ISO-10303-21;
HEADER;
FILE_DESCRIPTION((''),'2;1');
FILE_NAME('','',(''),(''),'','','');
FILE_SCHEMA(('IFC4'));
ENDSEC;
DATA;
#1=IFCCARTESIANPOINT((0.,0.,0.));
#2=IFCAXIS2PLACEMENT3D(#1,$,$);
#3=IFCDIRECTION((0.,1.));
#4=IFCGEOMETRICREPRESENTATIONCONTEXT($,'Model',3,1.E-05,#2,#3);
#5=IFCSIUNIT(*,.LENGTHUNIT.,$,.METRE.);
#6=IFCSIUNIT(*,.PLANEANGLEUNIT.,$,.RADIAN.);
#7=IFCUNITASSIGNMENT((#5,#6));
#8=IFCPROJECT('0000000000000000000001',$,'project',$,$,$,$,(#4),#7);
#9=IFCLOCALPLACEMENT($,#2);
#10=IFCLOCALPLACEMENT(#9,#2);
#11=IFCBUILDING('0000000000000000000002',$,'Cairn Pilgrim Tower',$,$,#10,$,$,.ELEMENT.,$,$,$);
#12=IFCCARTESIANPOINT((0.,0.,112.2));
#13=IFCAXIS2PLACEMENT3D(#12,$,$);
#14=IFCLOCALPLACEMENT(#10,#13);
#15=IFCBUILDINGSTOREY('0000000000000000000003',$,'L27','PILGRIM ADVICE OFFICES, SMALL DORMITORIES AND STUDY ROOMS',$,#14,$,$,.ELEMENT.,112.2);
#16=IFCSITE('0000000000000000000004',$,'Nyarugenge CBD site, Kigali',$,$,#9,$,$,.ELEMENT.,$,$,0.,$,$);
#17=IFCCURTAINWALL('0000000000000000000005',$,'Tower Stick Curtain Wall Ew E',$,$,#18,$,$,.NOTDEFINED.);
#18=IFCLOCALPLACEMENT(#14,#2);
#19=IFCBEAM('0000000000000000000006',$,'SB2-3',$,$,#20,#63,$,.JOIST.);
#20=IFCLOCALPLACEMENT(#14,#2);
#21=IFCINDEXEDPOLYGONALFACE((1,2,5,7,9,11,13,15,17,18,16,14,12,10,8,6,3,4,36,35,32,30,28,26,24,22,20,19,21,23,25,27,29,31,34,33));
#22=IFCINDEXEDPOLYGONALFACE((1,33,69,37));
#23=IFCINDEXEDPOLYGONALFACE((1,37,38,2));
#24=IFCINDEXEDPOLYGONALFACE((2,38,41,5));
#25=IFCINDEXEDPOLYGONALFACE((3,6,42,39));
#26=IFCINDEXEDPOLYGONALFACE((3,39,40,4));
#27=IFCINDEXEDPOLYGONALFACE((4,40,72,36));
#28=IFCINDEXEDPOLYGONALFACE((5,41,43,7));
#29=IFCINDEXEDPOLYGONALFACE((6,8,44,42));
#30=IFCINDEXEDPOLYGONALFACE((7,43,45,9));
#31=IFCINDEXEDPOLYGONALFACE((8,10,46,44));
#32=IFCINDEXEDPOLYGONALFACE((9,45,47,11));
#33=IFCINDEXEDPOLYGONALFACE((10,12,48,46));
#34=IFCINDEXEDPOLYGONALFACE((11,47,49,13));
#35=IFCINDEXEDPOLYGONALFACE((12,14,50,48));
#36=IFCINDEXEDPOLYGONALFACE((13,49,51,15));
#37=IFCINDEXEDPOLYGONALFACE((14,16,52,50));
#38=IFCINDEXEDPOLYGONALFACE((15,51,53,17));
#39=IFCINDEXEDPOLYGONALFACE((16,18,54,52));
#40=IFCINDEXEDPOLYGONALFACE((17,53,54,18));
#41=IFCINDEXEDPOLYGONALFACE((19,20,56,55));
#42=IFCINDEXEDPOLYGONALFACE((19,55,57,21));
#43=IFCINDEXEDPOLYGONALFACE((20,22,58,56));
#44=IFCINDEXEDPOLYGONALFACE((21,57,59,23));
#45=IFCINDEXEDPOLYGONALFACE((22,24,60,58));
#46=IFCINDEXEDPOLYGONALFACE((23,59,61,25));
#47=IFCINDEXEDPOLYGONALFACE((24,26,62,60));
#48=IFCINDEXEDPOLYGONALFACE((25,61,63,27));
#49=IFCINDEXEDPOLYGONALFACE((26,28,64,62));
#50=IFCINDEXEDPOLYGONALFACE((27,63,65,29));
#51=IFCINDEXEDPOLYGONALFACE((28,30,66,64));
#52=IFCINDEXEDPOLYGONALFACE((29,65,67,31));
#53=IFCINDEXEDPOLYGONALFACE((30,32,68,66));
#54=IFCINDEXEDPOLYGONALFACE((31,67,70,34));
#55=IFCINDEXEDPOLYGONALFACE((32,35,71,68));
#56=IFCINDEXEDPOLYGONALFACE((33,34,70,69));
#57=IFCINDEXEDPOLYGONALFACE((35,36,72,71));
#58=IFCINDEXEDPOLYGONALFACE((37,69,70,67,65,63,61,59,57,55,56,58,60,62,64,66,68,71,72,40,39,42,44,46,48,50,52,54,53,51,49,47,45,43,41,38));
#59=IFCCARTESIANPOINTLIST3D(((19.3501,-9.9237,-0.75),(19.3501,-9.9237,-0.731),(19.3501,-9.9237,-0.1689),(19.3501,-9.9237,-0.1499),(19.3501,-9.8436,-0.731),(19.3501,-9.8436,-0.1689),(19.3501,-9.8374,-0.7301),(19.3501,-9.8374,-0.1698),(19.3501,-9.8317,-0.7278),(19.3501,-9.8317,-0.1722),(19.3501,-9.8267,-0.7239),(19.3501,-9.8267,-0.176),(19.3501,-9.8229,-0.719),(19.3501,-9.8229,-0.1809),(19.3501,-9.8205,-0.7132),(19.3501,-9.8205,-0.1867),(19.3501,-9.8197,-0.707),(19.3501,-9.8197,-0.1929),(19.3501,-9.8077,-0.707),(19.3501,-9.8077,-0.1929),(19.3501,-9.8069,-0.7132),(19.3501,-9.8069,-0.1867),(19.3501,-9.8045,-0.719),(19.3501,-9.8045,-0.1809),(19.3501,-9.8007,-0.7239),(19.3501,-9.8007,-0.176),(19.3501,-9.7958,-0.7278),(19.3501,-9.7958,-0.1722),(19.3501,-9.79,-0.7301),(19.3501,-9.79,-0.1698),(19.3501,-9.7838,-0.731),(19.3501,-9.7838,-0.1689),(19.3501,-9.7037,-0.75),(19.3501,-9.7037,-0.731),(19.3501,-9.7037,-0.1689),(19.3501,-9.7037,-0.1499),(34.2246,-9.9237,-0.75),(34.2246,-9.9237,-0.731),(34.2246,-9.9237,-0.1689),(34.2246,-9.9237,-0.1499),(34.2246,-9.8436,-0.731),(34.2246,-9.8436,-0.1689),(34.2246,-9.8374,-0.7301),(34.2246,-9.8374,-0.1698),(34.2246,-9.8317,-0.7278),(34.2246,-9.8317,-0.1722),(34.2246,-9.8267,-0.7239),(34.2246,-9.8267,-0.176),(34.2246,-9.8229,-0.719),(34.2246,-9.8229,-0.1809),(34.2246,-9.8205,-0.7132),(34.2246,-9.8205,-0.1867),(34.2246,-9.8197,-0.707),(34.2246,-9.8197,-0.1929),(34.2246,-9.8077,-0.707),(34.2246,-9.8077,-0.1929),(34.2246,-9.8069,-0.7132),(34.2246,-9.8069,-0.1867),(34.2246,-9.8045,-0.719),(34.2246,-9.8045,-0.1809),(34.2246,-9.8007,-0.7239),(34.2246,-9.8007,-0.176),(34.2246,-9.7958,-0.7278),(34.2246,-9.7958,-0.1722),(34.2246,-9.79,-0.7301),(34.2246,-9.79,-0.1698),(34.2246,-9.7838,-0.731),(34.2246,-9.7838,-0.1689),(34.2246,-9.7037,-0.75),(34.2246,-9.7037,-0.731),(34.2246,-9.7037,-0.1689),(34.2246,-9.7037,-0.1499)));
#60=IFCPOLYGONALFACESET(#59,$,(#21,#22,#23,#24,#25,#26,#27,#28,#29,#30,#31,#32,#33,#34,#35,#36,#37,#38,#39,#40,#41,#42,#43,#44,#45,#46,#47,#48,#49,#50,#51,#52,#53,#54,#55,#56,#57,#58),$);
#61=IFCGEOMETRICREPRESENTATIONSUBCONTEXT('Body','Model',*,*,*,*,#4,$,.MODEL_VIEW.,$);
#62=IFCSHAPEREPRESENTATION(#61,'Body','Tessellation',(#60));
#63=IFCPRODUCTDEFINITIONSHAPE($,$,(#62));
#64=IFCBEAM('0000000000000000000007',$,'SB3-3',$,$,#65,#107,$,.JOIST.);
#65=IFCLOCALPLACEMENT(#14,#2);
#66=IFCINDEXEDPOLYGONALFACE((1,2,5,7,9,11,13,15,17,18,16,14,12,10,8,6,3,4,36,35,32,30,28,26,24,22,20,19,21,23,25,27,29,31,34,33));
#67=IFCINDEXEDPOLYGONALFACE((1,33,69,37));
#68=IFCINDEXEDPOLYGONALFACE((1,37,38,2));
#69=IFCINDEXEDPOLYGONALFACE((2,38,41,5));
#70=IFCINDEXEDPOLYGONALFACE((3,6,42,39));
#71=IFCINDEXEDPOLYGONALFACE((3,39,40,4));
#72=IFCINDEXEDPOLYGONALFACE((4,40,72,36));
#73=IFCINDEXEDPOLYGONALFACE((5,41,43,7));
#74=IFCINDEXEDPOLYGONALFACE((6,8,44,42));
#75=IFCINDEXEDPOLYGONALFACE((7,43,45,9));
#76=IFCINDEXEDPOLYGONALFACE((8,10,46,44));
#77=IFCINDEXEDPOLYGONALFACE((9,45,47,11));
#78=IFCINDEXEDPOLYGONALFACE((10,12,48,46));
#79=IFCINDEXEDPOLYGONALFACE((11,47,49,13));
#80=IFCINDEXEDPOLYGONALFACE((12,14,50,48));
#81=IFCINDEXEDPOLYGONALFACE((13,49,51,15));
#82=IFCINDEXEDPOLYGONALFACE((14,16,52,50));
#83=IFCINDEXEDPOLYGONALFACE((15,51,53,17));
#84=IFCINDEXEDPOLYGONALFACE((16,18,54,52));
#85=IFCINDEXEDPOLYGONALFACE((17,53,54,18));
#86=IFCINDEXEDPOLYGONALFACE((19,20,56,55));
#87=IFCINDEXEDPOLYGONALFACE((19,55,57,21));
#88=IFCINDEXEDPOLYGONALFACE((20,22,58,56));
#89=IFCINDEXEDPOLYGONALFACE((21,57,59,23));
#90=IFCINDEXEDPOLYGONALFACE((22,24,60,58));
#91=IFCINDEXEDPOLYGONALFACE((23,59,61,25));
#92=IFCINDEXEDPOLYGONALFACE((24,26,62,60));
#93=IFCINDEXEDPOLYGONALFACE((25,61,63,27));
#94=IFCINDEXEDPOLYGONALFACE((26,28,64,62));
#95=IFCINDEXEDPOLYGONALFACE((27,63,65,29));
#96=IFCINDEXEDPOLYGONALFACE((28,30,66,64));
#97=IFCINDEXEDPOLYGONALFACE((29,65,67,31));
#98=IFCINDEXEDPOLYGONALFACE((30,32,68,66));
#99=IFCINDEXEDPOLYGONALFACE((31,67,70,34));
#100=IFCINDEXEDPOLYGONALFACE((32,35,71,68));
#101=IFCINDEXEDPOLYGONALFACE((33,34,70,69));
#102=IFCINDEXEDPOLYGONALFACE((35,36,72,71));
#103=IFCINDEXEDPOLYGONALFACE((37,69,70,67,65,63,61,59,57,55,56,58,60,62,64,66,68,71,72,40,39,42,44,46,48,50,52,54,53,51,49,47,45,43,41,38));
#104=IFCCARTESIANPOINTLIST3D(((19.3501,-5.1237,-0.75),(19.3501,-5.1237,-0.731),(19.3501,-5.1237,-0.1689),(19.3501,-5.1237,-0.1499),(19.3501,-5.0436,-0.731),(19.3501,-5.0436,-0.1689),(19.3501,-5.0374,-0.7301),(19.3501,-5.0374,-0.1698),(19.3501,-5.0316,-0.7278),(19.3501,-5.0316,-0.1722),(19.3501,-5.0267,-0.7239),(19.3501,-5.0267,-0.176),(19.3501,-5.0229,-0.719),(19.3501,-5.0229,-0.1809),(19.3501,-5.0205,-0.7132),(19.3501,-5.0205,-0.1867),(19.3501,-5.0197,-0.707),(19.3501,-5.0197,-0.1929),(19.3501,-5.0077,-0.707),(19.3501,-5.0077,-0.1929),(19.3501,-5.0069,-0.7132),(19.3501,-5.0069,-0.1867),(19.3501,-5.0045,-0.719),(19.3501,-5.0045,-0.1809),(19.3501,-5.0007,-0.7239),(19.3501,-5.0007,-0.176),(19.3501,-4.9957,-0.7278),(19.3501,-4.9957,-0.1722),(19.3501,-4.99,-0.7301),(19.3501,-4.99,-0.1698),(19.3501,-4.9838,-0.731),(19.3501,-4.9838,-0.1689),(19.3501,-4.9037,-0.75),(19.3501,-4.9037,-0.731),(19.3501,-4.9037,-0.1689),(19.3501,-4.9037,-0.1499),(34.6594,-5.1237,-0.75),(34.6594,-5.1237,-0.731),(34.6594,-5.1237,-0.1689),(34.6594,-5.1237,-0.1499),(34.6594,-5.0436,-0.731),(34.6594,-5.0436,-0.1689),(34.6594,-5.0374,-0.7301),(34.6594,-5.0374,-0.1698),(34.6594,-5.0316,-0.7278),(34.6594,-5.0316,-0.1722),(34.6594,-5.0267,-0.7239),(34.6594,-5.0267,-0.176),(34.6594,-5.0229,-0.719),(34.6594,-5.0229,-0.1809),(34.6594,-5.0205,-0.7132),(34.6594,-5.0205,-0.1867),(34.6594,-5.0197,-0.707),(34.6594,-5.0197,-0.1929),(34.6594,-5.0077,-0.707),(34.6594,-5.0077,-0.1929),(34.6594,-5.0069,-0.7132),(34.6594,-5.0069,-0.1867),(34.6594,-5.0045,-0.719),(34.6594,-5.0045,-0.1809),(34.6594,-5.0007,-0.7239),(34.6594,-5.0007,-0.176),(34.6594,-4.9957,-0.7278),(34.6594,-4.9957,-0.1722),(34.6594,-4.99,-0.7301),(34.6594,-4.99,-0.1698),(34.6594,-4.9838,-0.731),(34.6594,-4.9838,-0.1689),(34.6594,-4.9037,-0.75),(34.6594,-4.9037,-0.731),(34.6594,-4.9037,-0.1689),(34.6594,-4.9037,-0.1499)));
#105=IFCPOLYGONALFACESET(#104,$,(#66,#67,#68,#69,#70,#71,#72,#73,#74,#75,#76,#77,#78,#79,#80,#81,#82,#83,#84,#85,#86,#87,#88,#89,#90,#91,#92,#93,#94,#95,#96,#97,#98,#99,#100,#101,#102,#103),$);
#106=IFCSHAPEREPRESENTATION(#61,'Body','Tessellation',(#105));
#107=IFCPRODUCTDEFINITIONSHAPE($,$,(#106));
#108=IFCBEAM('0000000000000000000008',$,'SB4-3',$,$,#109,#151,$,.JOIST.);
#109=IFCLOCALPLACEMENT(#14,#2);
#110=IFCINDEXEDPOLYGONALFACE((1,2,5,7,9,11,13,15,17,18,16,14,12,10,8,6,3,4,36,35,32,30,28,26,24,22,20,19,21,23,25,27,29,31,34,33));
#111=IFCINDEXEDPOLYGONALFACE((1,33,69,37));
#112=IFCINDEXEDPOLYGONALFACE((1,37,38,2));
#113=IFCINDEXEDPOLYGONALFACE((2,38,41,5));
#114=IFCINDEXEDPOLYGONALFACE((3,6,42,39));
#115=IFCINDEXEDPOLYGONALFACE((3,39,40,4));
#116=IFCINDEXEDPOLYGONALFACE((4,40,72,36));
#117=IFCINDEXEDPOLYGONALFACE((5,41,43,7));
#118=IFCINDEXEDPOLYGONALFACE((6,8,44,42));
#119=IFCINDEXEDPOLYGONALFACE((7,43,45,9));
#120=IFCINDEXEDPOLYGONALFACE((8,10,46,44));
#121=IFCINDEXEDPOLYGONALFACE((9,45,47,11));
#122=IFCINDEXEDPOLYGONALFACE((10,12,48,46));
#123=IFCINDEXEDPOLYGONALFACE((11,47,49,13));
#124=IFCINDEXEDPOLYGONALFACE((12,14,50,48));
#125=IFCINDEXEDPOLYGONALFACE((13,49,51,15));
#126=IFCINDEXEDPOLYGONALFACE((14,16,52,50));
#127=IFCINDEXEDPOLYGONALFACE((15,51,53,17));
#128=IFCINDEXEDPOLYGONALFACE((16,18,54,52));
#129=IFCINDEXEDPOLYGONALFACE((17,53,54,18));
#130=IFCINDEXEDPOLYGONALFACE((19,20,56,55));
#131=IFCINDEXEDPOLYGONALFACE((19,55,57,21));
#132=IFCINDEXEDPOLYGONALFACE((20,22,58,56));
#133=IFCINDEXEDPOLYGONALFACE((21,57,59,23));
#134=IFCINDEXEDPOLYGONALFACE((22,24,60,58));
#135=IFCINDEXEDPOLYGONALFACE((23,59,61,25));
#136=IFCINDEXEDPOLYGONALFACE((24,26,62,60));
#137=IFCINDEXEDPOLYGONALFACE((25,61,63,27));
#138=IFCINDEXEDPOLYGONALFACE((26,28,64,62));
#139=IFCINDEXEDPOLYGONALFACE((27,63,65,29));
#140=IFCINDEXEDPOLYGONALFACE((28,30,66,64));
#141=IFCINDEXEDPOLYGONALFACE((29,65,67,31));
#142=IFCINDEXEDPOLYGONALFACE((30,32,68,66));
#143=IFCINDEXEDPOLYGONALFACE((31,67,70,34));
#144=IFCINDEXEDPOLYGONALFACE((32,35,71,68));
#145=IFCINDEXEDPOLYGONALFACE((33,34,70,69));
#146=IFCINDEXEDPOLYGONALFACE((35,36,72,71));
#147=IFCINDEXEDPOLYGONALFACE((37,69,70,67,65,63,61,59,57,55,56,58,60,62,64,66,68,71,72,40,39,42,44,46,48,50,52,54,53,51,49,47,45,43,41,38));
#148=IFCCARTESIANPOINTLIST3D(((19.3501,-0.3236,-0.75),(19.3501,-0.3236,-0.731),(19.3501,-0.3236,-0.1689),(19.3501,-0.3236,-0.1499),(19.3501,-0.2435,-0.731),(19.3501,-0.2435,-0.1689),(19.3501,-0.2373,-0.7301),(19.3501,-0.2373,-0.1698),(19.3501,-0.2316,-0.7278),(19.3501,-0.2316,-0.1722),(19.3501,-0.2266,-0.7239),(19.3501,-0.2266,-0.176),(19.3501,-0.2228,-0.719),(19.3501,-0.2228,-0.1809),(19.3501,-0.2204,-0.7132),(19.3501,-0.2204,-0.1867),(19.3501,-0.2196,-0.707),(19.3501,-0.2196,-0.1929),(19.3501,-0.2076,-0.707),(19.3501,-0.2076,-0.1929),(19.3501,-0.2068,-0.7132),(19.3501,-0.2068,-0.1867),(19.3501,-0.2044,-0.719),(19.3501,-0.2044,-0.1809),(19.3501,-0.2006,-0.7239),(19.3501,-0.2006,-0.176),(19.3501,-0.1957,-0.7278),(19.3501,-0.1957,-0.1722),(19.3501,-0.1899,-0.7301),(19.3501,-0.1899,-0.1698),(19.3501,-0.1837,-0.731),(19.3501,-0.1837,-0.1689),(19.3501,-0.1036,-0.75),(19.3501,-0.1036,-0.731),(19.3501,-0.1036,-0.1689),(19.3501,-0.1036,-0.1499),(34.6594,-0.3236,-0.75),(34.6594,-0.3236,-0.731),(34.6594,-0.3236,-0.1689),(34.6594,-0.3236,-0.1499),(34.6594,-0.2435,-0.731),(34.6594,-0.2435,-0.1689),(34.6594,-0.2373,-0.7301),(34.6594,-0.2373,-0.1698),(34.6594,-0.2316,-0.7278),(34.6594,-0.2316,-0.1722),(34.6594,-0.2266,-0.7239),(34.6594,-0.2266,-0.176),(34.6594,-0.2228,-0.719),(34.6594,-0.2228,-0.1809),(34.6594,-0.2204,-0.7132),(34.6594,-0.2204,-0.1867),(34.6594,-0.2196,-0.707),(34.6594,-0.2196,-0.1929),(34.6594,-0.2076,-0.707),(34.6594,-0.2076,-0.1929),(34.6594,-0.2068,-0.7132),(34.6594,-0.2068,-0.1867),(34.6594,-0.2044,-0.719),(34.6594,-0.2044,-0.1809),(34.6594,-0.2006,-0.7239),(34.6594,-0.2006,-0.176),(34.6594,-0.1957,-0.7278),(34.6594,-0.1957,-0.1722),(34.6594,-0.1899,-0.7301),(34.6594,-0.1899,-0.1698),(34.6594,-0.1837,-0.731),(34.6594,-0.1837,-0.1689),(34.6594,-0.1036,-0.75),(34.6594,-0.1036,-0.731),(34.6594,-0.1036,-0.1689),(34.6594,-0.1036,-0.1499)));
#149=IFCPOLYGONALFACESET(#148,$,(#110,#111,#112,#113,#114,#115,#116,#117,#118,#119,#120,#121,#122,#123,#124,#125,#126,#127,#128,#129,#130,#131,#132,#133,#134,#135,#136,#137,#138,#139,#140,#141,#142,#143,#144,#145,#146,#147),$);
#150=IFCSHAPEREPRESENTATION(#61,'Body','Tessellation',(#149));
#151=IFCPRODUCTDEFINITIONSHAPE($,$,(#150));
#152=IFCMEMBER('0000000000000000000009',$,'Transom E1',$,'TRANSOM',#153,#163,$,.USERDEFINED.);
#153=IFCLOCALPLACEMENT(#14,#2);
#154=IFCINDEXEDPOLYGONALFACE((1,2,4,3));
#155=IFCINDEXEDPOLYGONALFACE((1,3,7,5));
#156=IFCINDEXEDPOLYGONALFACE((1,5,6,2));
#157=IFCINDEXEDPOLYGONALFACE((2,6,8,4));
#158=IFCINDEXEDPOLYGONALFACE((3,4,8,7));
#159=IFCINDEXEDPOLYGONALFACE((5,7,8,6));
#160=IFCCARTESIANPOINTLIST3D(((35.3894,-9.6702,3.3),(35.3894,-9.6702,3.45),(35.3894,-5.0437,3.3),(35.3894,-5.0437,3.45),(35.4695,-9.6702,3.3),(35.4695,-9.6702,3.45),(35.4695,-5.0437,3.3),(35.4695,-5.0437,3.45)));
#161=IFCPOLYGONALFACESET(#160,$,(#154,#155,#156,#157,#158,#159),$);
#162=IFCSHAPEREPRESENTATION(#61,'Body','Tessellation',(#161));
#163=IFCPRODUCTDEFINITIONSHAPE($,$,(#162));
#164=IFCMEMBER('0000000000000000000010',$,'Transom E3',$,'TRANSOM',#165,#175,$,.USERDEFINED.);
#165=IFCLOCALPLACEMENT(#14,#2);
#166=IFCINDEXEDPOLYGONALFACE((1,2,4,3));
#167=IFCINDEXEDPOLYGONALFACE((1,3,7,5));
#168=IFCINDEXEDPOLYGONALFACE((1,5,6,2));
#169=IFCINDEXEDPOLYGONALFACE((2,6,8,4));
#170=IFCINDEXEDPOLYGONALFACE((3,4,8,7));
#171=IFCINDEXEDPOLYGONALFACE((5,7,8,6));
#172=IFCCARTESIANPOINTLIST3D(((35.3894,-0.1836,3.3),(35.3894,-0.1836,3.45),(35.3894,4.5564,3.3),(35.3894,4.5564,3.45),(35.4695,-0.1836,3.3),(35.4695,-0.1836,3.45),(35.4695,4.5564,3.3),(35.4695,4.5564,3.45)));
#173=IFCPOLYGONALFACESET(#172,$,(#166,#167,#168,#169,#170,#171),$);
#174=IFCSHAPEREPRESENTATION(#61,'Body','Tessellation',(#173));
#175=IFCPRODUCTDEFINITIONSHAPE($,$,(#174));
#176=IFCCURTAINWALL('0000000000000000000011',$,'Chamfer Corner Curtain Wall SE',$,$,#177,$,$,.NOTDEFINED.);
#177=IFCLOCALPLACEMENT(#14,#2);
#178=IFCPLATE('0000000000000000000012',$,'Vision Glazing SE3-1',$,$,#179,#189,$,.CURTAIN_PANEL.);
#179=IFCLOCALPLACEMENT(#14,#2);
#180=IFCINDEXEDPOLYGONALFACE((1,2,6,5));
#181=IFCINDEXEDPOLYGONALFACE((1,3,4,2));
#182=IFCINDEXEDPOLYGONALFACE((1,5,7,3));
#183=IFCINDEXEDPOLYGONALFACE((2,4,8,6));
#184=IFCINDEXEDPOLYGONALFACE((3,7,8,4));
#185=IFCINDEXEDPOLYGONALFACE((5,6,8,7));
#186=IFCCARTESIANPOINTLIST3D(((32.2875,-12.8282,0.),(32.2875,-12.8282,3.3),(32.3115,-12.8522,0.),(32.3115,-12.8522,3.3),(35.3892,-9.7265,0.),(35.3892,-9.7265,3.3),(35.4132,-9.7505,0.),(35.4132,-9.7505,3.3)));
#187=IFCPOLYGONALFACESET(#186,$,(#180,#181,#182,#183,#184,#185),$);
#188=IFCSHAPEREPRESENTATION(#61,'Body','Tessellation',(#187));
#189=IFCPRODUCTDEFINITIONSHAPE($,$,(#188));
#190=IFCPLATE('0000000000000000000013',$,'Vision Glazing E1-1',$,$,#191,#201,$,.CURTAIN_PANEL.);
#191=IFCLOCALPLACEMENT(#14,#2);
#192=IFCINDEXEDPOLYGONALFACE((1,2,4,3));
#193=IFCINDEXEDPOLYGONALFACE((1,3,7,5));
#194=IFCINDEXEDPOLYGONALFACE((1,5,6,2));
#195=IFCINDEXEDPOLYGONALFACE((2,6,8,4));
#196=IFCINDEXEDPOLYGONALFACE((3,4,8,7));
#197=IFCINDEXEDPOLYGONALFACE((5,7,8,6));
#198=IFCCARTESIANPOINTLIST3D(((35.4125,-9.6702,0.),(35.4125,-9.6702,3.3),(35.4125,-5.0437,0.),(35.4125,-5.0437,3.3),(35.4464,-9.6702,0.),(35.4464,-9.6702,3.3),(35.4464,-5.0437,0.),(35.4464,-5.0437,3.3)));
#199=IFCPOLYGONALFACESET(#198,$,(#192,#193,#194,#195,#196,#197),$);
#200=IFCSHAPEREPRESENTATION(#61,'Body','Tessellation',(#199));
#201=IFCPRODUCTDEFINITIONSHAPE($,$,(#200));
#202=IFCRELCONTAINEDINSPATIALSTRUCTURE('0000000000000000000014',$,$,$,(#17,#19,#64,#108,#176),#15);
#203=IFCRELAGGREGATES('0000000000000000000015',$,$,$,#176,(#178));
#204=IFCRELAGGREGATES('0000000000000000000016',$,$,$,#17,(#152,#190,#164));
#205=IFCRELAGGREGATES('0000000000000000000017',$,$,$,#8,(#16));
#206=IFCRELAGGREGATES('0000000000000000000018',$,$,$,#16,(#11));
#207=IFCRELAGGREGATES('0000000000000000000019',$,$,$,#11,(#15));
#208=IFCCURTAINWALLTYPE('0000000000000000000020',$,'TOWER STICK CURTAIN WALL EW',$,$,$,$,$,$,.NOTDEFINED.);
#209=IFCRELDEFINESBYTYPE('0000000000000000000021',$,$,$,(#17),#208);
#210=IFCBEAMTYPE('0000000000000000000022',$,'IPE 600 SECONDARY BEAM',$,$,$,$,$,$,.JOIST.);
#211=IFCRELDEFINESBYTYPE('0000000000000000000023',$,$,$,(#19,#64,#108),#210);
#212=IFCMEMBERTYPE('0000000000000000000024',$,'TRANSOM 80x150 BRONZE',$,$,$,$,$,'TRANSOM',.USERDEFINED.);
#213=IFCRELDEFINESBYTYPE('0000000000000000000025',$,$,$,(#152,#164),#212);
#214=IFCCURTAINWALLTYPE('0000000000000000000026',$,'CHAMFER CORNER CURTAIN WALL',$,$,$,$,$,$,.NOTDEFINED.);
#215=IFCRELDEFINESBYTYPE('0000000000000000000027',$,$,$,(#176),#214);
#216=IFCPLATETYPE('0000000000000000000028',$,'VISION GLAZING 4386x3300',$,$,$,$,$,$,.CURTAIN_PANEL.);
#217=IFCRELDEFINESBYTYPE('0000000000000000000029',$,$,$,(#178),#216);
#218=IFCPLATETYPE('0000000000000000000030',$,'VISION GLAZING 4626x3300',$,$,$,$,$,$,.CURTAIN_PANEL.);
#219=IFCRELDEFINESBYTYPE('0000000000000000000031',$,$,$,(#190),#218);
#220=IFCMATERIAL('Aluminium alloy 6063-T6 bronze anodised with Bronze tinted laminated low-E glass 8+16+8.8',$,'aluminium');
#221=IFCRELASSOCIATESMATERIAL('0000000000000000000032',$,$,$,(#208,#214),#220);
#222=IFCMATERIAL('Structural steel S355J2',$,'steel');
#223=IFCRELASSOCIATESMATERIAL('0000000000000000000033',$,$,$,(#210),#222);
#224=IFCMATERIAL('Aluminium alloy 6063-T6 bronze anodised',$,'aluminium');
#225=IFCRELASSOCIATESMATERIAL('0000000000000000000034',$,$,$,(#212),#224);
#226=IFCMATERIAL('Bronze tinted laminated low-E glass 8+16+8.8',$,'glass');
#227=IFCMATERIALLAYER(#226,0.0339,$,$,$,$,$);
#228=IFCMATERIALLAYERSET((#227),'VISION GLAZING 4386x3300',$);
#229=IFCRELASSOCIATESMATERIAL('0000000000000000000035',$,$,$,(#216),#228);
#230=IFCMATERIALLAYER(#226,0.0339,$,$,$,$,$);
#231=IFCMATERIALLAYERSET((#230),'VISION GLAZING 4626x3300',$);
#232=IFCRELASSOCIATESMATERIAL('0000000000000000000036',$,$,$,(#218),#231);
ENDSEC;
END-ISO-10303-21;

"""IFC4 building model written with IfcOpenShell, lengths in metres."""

from ifc_helpers import new_model, si_unit, direction, frame, origin, origin_2d, place, context, subcontext, project, spatial, rectangle, i_section, extrude, material, layer, layer_set, material_profile, profile_set, type_object, element, aggregate, save


model = new_model("IFC4")

# Units and contexts
model_context = context("Model", 3, precision=1e-05, world=origin(), true_north=direction((0.0, 1.0)))
body_context = subcontext(model_context, "Body", "Model", "MODEL_VIEW")
ifc_project = project(units=[si_unit("LENGTHUNIT", "METRE"), si_unit("PLANEANGLEUNIT", "RADIAN")], contexts=[model_context])

# Site, building, storey
site_placement = place(None, origin())
site = spatial("IfcSite", under=ifc_project, at=site_placement, Name="Nyarugenge CBD site, Kigali", CompositionType="ELEMENT", RefElevation=0.0)
building_placement = place(site_placement, origin())
building = spatial("IfcBuilding", under=site, at=building_placement, Name="Cairn Pilgrim Tower", CompositionType="ELEMENT")
storey_placement = place(building_placement, frame((0.0, 0.0, 112.2)))
storey = spatial("IfcBuildingStorey", under=building, at=storey_placement, Name="L27", Description="PILGRIM ADVICE OFFICES, SMALL DORMITORIES AND STUDY ROOMS", CompositionType="ELEMENT", Elevation=112.2)

# Curtain wall
ifc_material_1 = material(Name="Aluminium alloy 6063-T6 bronze anodised with Bronze tinted laminated low-E glass 8+16+8.8", Category="aluminium")
curtain_wall_type_1 = type_object("IfcCurtainWallType", Name="TOWER STICK CURTAIN WALL EW", PredefinedType="NOTDEFINED", material=ifc_material_1)
curtain_wall_1_placement = place(storey_placement, origin())
curtain_wall_1 = element("IfcCurtainWall", 1, at=curtain_wall_1_placement, inside=storey, type_object=curtain_wall_type_1, Name="Tower Stick Curtain Wall Ew E", PredefinedType="NOTDEFINED")
ifc_material_2 = material(Name="Aluminium alloy 6063-T6 bronze anodised", Category="aluminium")

# Beams
ifc_material_3 = material(Name="Structural steel S355J2", Category="steel")
ifc_material_profile_1 = material_profile(ifc_material_3, i_section(OverallWidth=0.22, OverallDepth=0.6001, WebThickness=0.012, FlangeThickness=0.019, FilletRadius=0.0239, at=origin_2d()), Name="IPE 600")
ifc_profile_set_1 = profile_set([ifc_material_profile_1], Name="Structural steel S355J2")
beam_type_1 = type_object("IfcBeamType", Name="IPE 600 SECONDARY BEAM", PredefinedType="JOIST", material=ifc_profile_set_1)
beam_1_placement = place(storey_placement, frame((19.3501, -9.8137, -0.45), z_axis=(1.0, 0.0, 0.0), x_axis=(0.0, 1.0, 0.0)))
element("IfcBeam", 2, at=beam_1_placement, inside=storey, type_object=beam_type_1, Name="SB2-3", PredefinedType="JOIST", context=body_context, shape_type="SweptSolid", body=[
    extrude(i_section(OverallWidth=0.22, OverallDepth=0.6001, WebThickness=0.012, FlangeThickness=0.019, FilletRadius=0.0239, at=origin_2d()), origin(), (0.0, 0.0, 1.0), 14.8745),
])
for number, where, z_axis, x_axis, name in (
    (3, (19.3501, -5.0137, -0.45), (1.0, 0.0, 0.0), (0.0, 1.0, 0.0), "SB3-3"),
    (4, (19.3501, -0.2136, -0.45), (1.0, 0.0, 0.0), (0.0, 1.0, 0.0), "SB4-3"),
):
    element("IfcBeam", number, at=place(storey_placement, frame(where, z_axis=z_axis, x_axis=x_axis)), inside=storey, type_object=beam_type_1, Name=name, PredefinedType="JOIST", context=body_context, shape_type="SweptSolid", body=[
        extrude(i_section(OverallWidth=0.22, OverallDepth=0.6001, WebThickness=0.012, FlangeThickness=0.019, FilletRadius=0.0239, at=origin_2d()), origin(), (0.0, 0.0, 1.0), 15.3093),
    ])

# Members
ifc_material_profile_2 = material_profile(ifc_material_2, rectangle(XDim=0.0801, YDim=0.1499, at=origin_2d()), Name="TRANSOM 80x150 BRONZE")
ifc_profile_set_2 = profile_set([ifc_material_profile_2], Name="Aluminium alloy 6063-T6 bronze anodised")
member_type_1 = type_object("IfcMemberType", Name="TRANSOM 80x150 BRONZE", ElementType="TRANSOM", PredefinedType="USERDEFINED", material=ifc_profile_set_2)
member_1_placement = place(storey_placement, frame((35.4294, -9.6702, 3.375), z_axis=(0.0, 1.0, 0.0), x_axis=(-1.0, 0.0, 0.0)))
member_1 = element("IfcMember", 5, at=member_1_placement, type_object=member_type_1, Name="Transom E1", ObjectType="TRANSOM", PredefinedType="USERDEFINED", context=body_context, shape_type="SweptSolid", body=[
    extrude(rectangle(XDim=0.0801, YDim=0.1499, at=origin_2d()), origin(), (0.0, 0.0, 1.0), 4.6265),
])
member_2_placement = place(storey_placement, frame((35.4294, -0.1836, 3.375), z_axis=(0.0, 1.0, 0.0), x_axis=(-1.0, 0.0, 0.0)))
member_2 = element("IfcMember", 6, at=member_2_placement, type_object=member_type_1, Name="Transom E3", ObjectType="TRANSOM", PredefinedType="USERDEFINED", context=body_context, shape_type="SweptSolid", body=[
    extrude(rectangle(XDim=0.0801, YDim=0.1499, at=origin_2d()), origin(), (0.0, 0.0, 1.0), 4.74),
])

# Curtain wall, plate
curtain_wall_type_2 = type_object("IfcCurtainWallType", Name="CHAMFER CORNER CURTAIN WALL", PredefinedType="NOTDEFINED", material=ifc_material_1)
curtain_wall_2_placement = place(storey_placement, origin())
curtain_wall_2 = element("IfcCurtainWall", 7, at=curtain_wall_2_placement, inside=storey, type_object=curtain_wall_type_2, Name="Chamfer Corner Curtain Wall SE", PredefinedType="NOTDEFINED")
ifc_material_4 = material(Name="Bronze tinted laminated low-E glass 8+16+8.8", Category="glass")
ifc_layer_1 = layer(ifc_material_4, 0.0339)
ifc_layer_set_1 = layer_set([ifc_layer_1], Name="VISION GLAZING 4386x3300")
plate_type_1 = type_object("IfcPlateType", Name="VISION GLAZING 4386x3300", PredefinedType="CURTAIN_PANEL", material=ifc_layer_set_1)
plate_1_placement = place(storey_placement, frame((33.8503, -11.2893, 0.0), z_axis=(0.0, 0.0, 1.0), x_axis=(0.707107, 0.707107, 0.0)))
plate_1 = element("IfcPlate", 8, at=plate_1_placement, type_object=plate_type_1, Name="Vision Glazing SE3-1", PredefinedType="CURTAIN_PANEL", context=body_context, shape_type="SweptSolid", body=[
    extrude(rectangle(XDim=4.3865, YDim=0.0339, at=origin_2d()), origin(), (0.0, 0.0, 1.0), 3.3),
])
aggregate(curtain_wall_2, [plate_1])

# Plate
ifc_layer_2 = layer(ifc_material_4, 0.0339)
ifc_layer_set_2 = layer_set([ifc_layer_2], Name="VISION GLAZING 4626x3300")
plate_type_2 = type_object("IfcPlateType", Name="VISION GLAZING 4626x3300", PredefinedType="CURTAIN_PANEL", material=ifc_layer_set_2)
plate_2_placement = place(storey_placement, frame((35.4294, -7.3569, 0.0), z_axis=(0.0, 0.0, 1.0), x_axis=(0.0, 1.0, 0.0)))
plate_2 = element("IfcPlate", 9, at=plate_2_placement, type_object=plate_type_2, Name="Vision Glazing E1-1", PredefinedType="CURTAIN_PANEL", context=body_context, shape_type="SweptSolid", body=[
    extrude(rectangle(XDim=4.6265, YDim=0.0339, at=origin_2d()), origin(), (0.0, 0.0, 1.0), 3.3),
])
aggregate(curtain_wall_1, [member_1, plate_2, member_2])

save(model, "model.ifc")
